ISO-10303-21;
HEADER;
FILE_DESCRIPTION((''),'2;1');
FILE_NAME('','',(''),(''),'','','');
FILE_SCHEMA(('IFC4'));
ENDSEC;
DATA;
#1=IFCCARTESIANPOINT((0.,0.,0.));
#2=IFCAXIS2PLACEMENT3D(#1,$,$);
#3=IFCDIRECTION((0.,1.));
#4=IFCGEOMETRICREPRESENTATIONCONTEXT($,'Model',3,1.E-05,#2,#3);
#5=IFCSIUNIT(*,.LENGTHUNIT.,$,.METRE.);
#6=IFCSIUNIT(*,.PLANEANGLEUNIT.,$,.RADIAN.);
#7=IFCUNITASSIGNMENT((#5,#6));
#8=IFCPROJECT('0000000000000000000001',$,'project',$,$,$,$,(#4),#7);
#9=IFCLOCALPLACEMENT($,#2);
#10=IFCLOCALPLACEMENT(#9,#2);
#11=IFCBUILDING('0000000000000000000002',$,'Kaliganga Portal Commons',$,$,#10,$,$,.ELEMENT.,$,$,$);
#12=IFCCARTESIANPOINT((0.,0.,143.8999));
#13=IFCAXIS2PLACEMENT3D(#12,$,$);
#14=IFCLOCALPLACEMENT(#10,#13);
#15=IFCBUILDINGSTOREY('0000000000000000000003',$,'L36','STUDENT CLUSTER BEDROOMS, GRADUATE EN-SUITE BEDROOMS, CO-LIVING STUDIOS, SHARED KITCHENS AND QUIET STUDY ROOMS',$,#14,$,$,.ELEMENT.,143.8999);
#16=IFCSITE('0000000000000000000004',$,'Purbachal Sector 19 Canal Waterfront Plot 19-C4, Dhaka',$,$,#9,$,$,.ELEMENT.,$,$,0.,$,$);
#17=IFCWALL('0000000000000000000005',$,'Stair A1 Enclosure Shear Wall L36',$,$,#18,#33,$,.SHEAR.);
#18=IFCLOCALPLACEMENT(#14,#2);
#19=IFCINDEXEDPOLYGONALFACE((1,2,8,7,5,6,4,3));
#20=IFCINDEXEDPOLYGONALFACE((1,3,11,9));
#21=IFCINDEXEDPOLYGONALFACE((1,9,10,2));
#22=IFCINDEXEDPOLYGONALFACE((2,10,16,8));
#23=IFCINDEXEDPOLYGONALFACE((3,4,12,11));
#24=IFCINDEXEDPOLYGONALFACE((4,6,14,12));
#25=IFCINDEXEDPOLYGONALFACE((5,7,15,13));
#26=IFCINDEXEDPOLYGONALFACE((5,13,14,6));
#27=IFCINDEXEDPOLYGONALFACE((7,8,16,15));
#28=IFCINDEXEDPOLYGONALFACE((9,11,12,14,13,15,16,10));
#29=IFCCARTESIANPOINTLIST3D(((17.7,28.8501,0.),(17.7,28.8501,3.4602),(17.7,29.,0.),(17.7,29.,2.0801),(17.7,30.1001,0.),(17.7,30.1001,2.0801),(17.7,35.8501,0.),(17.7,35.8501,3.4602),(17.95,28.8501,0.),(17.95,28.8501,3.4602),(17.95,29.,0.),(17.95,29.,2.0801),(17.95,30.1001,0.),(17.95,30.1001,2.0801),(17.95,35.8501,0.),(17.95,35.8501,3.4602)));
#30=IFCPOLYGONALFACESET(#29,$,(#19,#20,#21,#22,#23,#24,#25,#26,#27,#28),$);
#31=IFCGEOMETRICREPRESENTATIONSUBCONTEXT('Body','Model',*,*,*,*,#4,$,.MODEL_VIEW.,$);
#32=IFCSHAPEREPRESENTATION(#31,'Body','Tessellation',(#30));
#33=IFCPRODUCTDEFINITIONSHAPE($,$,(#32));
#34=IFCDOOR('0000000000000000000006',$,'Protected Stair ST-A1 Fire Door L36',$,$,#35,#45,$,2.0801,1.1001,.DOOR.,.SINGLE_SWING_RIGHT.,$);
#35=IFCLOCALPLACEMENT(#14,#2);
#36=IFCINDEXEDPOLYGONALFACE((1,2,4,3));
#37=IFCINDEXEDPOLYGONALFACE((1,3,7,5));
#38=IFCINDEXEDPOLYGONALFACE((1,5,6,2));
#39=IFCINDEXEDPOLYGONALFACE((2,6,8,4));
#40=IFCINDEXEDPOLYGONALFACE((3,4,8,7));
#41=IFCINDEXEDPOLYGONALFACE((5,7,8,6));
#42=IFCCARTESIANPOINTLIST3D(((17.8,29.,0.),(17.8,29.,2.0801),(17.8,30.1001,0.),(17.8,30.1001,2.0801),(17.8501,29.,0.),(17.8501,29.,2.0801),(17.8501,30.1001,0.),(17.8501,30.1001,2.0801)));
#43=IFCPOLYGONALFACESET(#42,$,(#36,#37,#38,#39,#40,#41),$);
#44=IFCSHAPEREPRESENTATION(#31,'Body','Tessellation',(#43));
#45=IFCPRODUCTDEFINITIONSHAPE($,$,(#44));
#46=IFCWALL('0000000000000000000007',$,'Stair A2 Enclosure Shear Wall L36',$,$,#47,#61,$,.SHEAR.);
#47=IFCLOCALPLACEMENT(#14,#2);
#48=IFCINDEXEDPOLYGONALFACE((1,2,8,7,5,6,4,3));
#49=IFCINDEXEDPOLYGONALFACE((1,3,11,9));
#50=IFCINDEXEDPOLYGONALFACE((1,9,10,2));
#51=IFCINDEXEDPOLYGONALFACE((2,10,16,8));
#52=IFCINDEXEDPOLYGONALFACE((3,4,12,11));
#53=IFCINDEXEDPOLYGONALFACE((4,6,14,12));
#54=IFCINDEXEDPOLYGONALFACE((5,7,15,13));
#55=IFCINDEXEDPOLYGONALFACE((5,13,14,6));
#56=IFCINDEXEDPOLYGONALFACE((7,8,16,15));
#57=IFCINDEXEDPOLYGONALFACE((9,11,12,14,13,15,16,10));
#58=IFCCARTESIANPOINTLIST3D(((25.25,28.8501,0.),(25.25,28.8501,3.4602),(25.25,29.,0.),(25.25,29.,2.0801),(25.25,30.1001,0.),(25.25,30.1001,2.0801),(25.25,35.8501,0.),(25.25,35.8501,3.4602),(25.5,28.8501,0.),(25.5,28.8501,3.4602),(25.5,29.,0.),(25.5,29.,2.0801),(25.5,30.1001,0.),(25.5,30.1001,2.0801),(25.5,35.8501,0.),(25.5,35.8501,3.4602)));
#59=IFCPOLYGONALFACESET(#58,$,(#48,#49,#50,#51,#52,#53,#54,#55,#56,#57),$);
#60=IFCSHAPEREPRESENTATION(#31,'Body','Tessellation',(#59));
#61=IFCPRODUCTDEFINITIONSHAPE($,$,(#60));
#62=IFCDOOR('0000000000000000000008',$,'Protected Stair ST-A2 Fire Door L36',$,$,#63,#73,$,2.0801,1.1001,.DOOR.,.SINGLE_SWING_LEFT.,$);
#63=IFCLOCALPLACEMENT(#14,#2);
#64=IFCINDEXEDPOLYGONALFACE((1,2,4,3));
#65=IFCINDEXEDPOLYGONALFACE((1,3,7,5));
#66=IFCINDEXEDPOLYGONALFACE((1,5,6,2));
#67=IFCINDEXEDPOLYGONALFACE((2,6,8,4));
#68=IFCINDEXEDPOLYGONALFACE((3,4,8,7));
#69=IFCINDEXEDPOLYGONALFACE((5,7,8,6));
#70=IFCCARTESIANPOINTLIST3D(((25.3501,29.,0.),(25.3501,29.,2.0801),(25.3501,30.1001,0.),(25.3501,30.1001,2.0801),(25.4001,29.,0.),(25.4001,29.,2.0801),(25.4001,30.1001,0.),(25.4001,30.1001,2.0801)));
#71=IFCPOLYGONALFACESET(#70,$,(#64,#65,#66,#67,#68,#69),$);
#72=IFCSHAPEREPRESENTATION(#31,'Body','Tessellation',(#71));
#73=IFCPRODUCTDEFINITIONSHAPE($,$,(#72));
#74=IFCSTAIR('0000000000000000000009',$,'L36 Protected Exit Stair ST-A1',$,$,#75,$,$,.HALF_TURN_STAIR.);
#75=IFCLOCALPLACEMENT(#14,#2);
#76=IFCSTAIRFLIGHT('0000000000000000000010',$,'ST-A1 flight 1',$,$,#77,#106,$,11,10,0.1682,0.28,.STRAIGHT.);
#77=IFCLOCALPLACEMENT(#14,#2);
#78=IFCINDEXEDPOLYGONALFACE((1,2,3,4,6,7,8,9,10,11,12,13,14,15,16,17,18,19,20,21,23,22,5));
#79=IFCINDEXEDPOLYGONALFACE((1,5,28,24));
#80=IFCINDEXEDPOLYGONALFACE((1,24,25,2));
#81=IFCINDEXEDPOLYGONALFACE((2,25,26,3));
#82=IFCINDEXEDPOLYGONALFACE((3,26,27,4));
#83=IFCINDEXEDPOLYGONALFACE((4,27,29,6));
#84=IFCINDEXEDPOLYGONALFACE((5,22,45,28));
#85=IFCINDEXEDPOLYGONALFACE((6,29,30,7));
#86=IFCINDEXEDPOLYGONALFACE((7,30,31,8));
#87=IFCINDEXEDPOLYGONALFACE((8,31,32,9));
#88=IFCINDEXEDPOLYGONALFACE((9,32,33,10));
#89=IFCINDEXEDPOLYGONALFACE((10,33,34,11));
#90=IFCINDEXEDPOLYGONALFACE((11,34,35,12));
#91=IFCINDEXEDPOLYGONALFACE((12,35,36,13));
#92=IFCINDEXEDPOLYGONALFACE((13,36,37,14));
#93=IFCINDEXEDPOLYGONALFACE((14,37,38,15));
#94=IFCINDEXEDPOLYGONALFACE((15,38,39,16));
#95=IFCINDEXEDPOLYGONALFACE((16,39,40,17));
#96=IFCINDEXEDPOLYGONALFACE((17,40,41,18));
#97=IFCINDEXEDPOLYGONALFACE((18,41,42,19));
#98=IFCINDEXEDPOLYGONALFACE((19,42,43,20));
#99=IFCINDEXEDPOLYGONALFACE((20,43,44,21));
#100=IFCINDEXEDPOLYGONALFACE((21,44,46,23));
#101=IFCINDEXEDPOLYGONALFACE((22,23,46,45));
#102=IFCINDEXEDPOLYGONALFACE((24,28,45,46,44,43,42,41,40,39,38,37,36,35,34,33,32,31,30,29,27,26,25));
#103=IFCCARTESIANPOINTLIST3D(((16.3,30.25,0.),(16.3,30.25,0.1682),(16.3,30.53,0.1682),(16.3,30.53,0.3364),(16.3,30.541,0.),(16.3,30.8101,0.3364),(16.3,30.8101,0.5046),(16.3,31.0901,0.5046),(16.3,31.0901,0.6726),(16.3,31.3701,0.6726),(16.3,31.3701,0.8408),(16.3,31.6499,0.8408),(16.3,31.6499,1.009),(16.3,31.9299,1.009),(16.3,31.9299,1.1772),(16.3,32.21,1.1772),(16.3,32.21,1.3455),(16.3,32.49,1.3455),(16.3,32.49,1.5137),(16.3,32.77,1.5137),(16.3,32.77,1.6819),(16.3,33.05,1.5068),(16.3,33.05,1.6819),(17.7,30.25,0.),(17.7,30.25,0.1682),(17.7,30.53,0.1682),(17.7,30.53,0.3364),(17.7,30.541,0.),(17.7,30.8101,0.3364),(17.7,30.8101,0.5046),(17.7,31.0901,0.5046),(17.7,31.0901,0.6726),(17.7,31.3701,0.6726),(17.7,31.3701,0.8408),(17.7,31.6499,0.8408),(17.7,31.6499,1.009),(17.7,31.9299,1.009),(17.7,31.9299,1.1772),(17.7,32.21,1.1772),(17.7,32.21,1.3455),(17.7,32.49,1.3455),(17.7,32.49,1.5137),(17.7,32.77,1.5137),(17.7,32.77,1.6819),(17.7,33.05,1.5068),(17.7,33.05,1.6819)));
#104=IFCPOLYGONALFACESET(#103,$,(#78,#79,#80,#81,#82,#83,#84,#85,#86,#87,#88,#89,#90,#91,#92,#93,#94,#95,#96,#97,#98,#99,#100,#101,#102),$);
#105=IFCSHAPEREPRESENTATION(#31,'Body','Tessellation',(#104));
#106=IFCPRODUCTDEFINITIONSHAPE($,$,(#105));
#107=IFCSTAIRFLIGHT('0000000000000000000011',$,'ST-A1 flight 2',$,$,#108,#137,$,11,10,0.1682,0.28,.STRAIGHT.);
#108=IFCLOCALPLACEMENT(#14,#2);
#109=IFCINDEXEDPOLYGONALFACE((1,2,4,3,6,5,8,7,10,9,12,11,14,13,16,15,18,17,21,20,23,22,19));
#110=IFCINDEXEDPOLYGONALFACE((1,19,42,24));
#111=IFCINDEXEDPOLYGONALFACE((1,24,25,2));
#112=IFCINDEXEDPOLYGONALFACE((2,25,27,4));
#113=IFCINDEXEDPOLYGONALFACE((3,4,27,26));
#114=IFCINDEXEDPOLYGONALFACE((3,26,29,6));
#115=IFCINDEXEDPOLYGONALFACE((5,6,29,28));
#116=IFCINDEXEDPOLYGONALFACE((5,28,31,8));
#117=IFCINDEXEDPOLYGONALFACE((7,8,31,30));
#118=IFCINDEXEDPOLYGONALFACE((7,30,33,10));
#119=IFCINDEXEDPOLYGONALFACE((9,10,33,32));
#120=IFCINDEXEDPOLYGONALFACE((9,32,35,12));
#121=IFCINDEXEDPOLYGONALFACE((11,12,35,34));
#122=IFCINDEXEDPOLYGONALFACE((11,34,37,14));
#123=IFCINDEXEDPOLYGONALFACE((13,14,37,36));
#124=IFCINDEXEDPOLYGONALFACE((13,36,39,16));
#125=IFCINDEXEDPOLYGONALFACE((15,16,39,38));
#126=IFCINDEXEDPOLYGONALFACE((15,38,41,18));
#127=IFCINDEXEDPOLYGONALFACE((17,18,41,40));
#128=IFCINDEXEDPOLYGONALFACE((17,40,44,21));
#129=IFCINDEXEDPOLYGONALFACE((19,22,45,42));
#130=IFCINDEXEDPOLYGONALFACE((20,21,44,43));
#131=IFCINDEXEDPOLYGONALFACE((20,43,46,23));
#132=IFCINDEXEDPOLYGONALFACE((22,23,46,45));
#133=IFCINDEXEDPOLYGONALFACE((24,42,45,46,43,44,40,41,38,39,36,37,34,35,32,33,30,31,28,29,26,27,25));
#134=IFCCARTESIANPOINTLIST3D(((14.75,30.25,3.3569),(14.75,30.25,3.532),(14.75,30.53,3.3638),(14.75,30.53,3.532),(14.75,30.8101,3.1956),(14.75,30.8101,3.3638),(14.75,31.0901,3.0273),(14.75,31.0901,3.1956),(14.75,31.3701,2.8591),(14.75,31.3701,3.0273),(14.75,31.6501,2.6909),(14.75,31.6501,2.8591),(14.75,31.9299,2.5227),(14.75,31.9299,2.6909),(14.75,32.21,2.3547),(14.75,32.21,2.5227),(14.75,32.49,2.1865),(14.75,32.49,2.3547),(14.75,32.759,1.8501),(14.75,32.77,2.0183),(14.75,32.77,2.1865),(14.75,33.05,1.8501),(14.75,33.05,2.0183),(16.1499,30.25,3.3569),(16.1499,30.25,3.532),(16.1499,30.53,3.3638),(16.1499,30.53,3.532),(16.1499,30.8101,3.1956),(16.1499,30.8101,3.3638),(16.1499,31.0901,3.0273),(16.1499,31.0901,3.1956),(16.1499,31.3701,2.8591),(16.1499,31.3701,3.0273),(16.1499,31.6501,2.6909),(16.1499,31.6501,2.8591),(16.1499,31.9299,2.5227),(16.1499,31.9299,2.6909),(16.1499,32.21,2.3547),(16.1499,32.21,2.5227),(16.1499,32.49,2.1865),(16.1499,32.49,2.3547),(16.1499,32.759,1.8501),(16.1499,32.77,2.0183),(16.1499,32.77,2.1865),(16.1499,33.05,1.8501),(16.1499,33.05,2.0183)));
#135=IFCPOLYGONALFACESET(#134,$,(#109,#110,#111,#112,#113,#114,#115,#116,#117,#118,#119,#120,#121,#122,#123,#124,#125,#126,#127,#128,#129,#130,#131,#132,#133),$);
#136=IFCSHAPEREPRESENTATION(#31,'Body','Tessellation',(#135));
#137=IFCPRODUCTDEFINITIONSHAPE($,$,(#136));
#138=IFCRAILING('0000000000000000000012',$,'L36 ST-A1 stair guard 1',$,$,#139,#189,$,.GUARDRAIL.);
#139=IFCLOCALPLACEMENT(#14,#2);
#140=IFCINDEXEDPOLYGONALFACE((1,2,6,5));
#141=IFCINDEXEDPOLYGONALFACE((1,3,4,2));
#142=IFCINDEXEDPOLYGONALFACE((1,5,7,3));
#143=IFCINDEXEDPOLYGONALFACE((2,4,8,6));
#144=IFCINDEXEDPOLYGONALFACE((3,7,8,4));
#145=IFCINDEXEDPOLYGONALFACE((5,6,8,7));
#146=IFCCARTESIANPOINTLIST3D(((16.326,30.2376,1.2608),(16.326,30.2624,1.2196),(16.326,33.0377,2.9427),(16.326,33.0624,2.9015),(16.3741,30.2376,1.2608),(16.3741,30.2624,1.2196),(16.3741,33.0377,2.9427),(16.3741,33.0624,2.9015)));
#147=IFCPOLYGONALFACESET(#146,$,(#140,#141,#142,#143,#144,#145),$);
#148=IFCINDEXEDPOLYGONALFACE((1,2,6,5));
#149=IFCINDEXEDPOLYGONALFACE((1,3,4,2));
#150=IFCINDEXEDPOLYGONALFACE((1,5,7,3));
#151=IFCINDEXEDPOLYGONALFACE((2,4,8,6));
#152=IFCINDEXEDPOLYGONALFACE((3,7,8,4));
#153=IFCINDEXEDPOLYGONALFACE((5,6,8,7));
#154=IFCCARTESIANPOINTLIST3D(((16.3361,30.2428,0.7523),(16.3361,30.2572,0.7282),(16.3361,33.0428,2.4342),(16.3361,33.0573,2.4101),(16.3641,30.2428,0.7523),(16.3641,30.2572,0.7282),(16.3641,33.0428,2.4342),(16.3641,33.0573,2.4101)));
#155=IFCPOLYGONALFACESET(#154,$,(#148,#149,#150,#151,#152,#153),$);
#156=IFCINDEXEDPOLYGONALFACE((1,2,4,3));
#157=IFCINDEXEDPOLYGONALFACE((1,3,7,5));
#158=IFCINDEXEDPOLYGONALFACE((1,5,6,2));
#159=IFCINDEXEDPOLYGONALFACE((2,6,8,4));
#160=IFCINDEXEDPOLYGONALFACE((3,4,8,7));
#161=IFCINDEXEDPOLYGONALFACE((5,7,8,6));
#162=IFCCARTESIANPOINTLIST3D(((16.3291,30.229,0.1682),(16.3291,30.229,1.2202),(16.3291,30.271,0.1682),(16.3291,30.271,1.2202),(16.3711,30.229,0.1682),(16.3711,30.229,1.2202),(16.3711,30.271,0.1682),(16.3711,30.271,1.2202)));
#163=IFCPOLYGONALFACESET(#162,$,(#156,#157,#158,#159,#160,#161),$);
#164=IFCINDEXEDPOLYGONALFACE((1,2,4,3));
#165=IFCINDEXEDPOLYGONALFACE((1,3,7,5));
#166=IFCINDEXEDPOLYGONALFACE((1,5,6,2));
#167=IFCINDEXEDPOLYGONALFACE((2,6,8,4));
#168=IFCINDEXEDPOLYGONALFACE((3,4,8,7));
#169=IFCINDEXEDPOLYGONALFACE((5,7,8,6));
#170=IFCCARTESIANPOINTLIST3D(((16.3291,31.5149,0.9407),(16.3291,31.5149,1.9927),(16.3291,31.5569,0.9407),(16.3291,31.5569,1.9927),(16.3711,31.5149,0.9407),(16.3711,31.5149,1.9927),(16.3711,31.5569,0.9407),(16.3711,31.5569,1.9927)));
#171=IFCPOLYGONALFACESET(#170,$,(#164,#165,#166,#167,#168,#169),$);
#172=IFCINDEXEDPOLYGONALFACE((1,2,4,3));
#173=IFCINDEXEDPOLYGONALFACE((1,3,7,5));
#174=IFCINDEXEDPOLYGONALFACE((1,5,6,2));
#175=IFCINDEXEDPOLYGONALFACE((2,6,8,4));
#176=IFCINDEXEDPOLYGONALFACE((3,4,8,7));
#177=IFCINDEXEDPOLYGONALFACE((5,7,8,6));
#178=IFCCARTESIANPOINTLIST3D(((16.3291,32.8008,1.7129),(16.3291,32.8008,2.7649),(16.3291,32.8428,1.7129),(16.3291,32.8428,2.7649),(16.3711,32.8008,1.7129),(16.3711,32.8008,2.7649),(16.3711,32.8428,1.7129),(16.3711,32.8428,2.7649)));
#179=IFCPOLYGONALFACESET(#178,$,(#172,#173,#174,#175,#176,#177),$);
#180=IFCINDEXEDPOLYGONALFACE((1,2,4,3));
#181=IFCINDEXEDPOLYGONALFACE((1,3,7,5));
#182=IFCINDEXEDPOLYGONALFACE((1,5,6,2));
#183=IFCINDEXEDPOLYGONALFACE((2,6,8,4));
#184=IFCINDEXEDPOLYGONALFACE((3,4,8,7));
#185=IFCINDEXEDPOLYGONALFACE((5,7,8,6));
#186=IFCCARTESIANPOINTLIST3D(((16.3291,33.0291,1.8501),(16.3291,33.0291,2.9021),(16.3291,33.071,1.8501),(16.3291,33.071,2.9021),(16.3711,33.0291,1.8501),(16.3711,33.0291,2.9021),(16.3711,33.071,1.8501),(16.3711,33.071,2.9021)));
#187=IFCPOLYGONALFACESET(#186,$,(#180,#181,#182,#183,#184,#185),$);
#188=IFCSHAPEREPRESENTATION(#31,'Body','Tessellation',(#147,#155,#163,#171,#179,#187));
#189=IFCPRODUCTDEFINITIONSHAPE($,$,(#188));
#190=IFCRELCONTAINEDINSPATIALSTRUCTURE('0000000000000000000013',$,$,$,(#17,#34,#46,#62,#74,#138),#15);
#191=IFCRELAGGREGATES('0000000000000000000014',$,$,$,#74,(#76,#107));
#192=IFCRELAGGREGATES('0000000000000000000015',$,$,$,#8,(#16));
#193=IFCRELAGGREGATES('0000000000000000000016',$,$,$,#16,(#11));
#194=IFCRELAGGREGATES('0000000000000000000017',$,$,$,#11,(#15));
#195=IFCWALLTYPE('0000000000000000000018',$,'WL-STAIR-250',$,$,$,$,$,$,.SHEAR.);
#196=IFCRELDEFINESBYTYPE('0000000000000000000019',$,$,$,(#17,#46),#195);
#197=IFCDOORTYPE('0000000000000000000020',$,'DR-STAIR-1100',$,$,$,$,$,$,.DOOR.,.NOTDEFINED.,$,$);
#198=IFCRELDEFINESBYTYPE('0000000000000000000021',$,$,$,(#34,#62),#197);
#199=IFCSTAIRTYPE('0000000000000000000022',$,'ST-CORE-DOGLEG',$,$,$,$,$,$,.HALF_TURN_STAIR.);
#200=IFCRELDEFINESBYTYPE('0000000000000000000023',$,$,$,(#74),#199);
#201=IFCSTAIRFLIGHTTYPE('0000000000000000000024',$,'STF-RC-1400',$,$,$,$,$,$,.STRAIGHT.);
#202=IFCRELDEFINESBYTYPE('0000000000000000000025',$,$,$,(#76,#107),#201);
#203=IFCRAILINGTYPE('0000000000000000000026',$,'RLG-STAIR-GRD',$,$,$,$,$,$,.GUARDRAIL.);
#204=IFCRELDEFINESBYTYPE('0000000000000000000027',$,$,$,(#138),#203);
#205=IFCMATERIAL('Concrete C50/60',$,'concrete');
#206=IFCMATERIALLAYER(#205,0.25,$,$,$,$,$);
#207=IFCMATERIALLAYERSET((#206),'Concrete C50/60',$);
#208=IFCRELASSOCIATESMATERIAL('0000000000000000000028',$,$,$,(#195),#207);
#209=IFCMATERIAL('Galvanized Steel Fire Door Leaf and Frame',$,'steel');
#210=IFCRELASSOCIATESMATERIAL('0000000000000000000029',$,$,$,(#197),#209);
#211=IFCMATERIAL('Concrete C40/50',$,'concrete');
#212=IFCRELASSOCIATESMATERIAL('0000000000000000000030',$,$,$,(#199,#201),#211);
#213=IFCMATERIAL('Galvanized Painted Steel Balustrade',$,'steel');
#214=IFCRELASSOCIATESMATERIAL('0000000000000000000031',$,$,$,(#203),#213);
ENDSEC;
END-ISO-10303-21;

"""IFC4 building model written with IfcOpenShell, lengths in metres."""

from ifc_helpers import new_model, si_unit, direction, frame, frame_2d, origin, origin_2d, place, context, subcontext, project, spatial, polyline, rectangle, outline, extrude, material, layer, layer_set, type_object, element, fill, aggregate, save


model = new_model("IFC4")

# Units and contexts
model_context = context("Model", 3, precision=1e-05, world=origin(), true_north=direction((0.0, 1.0)))
body_context = subcontext(model_context, "Body", "Model", "MODEL_VIEW")
ifc_project = project(units=[si_unit("LENGTHUNIT", "METRE"), si_unit("PLANEANGLEUNIT", "RADIAN")], contexts=[model_context])

# Site, building, storey
site_placement = place(None, origin())
site = spatial("IfcSite", under=ifc_project, at=site_placement, Name="Purbachal Sector 19 Canal Waterfront Plot 19-C4, Dhaka", CompositionType="ELEMENT", RefElevation=0.0)
building_placement = place(site_placement, origin())
building = spatial("IfcBuilding", under=site, at=building_placement, Name="Kaliganga Portal Commons", CompositionType="ELEMENT")
storey_placement = place(building_placement, frame((0.0, 0.0, 143.8999)))
storey = spatial("IfcBuildingStorey", under=building, at=storey_placement, Name="L36", Description="STUDENT CLUSTER BEDROOMS, GRADUATE EN-SUITE BEDROOMS, CO-LIVING STUDIOS, SHARED KITCHENS AND QUIET STUDY ROOMS", CompositionType="ELEMENT", Elevation=143.8999)

# Shared definitions
ifc_material_1 = material(Name="Concrete C50/60", Category="concrete")

# Walls, openings, doors
ifc_layer_1 = layer(ifc_material_1, 0.25)
ifc_layer_set_1 = layer_set([ifc_layer_1], Name="Concrete C50/60")
wall_type_1 = type_object("IfcWallType", Name="WL-STAIR-250", PredefinedType="SHEAR", material=ifc_layer_set_1)
wall_1_placement = place(storey_placement, frame((17.825, 28.8501, 0.0), z_axis=(0.0, 0.0, 1.0), x_axis=(0.0, 1.0, 0.0)))
wall_1 = element("IfcWall", 1, at=wall_1_placement, inside=storey, type_object=wall_type_1, Name="Stair A1 Enclosure Shear Wall L36", PredefinedType="SHEAR", context=body_context, shape_type="SweptSolid", body=[
    extrude(rectangle(XDim=7.0, YDim=0.25, at=frame_2d((3.5, 0.0))), origin(), (0.0, 0.0, 1.0), 3.4602),
])
opening_1_placement = place(wall_1_placement, frame((0.1499, 0.0, 0.0)))
opening_1 = element("IfcOpeningElement", 2, at=opening_1_placement, cuts=wall_1, PredefinedType="OPENING", context=body_context, shape_type="SweptSolid", body=[
    extrude(rectangle(XDim=1.1001, YDim=2.0801, at=frame_2d((0.55, 1.04))), frame((0.0, 0.135, 0.0), z_axis=(0.0, -1.0, 0.0), x_axis=(1.0, 0.0, 0.0)), (0.0, 0.0, 1.0), 0.27),
])
ifc_material_2 = material(Name="Galvanized Steel Fire Door Leaf and Frame", Category="steel")
door_type_1 = type_object("IfcDoorType", Name="DR-STAIR-1100", OperationType="NOTDEFINED", PredefinedType="DOOR", material=ifc_material_2)
door_1_placement = place(opening_1_placement, origin())
door_1 = element("IfcDoor", 3, at=door_1_placement, inside=storey, type_object=door_type_1, Name="Protected Stair ST-A1 Fire Door L36", OperationType="SINGLE_SWING_RIGHT", OverallHeight=2.0801, OverallWidth=1.1001, PredefinedType="DOOR", context=body_context, shape_type="SweptSolid", body=[
    extrude(rectangle(XDim=1.1001, YDim=2.0801, at=frame_2d((0.55, 1.04))), frame((0.0, 0.0249, 0.0), z_axis=(0.0, -1.0, 0.0), x_axis=(1.0, 0.0, 0.0)), (0.0, 0.0, 1.0), 0.05),
])
fill(opening_1, door_1)
wall_2_placement = place(storey_placement, frame((25.375, 28.8501, 0.0), z_axis=(0.0, 0.0, 1.0), x_axis=(0.0, 1.0, 0.0)))
wall_2 = element("IfcWall", 4, at=wall_2_placement, inside=storey, type_object=wall_type_1, Name="Stair A2 Enclosure Shear Wall L36", PredefinedType="SHEAR", context=body_context, shape_type="SweptSolid", body=[
    extrude(rectangle(XDim=7.0, YDim=0.25, at=frame_2d((3.5, 0.0))), origin(), (0.0, 0.0, 1.0), 3.4602),
])
opening_2_placement = place(wall_2_placement, frame((0.1499, 0.0, 0.0)))
opening_2 = element("IfcOpeningElement", 5, at=opening_2_placement, cuts=wall_2, PredefinedType="OPENING", context=body_context, shape_type="SweptSolid", body=[
    extrude(rectangle(XDim=1.1001, YDim=2.0801, at=frame_2d((0.55, 1.04))), frame((0.0, 0.135, 0.0), z_axis=(0.0, -1.0, 0.0), x_axis=(1.0, 0.0, 0.0)), (0.0, 0.0, 1.0), 0.27),
])
door_2_placement = place(opening_2_placement, origin())
door_2 = element("IfcDoor", 6, at=door_2_placement, inside=storey, type_object=door_type_1, Name="Protected Stair ST-A2 Fire Door L36", OperationType="SINGLE_SWING_LEFT", OverallHeight=2.0801, OverallWidth=1.1001, PredefinedType="DOOR", context=body_context, shape_type="SweptSolid", body=[
    extrude(rectangle(XDim=1.1001, YDim=2.0801, at=frame_2d((0.55, 1.04))), frame((0.0, 0.0249, 0.0), z_axis=(0.0, -1.0, 0.0), x_axis=(1.0, 0.0, 0.0)), (0.0, 0.0, 1.0), 0.05),
])
fill(opening_2, door_2)

# Stair, stair flights
ifc_material_3 = material(Name="Concrete C40/50", Category="concrete")
stair_type = type_object("IfcStairType", Name="ST-CORE-DOGLEG", PredefinedType="HALF_TURN_STAIR", material=ifc_material_3)
stair_placement = place(storey_placement, origin())
stair = element("IfcStair", 7, at=stair_placement, inside=storey, type_object=stair_type, Name="L36 Protected Exit Stair ST-A1", PredefinedType="HALF_TURN_STAIR")
stair_flight_type = type_object("IfcStairFlightType", Name="STF-RC-1400", PredefinedType="STRAIGHT", material=ifc_material_3)
stair_flight_1_placement = place(storey_placement, frame((17.0, 30.25, 0.0), z_axis=(0.0, 0.0, 1.0), x_axis=(0.0, 1.0, 0.0)))
stair_flight_1 = element("IfcStairFlight", 8, at=stair_flight_1_placement, type_object=stair_flight_type, Name="ST-A1 flight 1", NumberOfRisers=11, NumberOfTreads=10, PredefinedType="STRAIGHT", RiserHeight=0.1682, TreadLength=0.28, context=body_context, shape_type="SweptSolid", body=[
    extrude(outline(polyline([(0.0, 0.0), (0.0, 0.1682), (0.28, 0.1682), (0.28, 0.3364), (0.5601, 0.3364), (0.5601, 0.5046), (0.8401, 0.5046), (0.8401, 0.6726), (1.1201, 0.6726), (1.1201, 0.8408), (1.3999, 0.8408), (1.3999, 1.009), (1.6799, 1.009), (1.6799, 1.1772), (1.96, 1.1772), (1.96, 1.3455), (2.24, 1.3455), (2.24, 1.5137), (2.52, 1.5137), (2.52, 1.6819), (2.8, 1.6819), (2.8, 1.8501), (2.8, 1.5068), (0.291, 0.0), (0.0, 0.0)])), frame((0.0, 0.7, 0.0), z_axis=(0.0, -1.0, 0.0), x_axis=(1.0, 0.0, 0.0)), (0.0, 0.0, 1.0), 1.3999),
])
stair_flight_2_placement = place(storey_placement, frame((15.45, 33.05, 1.8501), z_axis=(0.0, 0.0, 1.0), x_axis=(0.0, -1.0, 0.0)))
stair_flight_2 = element("IfcStairFlight", 9, at=stair_flight_2_placement, type_object=stair_flight_type, Name="ST-A1 flight 2", NumberOfRisers=11, NumberOfTreads=10, PredefinedType="STRAIGHT", RiserHeight=0.1682, TreadLength=0.28, context=body_context, shape_type="SweptSolid", body=[
    extrude(outline(polyline([(0.0, 0.0), (0.0, 0.1682), (0.28, 0.1682), (0.28, 0.3364), (0.5601, 0.3364), (0.5601, 0.5046), (0.8401, 0.5046), (0.8401, 0.6726), (1.1201, 0.6726), (1.1201, 0.8408), (1.3999, 0.8408), (1.3999, 1.009), (1.6799, 1.009), (1.6799, 1.1772), (1.96, 1.1772), (1.96, 1.3455), (2.24, 1.3455), (2.24, 1.5137), (2.52, 1.5137), (2.52, 1.6819), (2.8, 1.6819), (2.8, 1.8501), (2.8, 1.5068), (0.291, 0.0), (0.0, 0.0)])), frame((0.0, 0.7, 0.0), z_axis=(0.0, -1.0, 0.0), x_axis=(1.0, 0.0, 0.0)), (0.0, 0.0, 1.0), 1.3999),
])
aggregate(stair, [stair_flight_1, stair_flight_2])

# Railing
ifc_material_4 = material(Name="Galvanized Painted Steel Balustrade", Category="steel")
railing_type_1 = type_object("IfcRailingType", Name="RLG-STAIR-GRD", PredefinedType="GUARDRAIL", material=ifc_material_4)
railing_1_placement = place(storey_placement, frame((16.3501, 30.25, 0.1682)))
element("IfcRailing", 10, at=railing_1_placement, inside=storey, type_object=railing_type_1, Name="L36 ST-A1 stair guard 1", PredefinedType="GUARDRAIL", context=body_context, shape_type="SweptSolid", body=[
    extrude(rectangle(XDim=0.0481, YDim=0.0481, at=origin_2d()), frame((0.0, 0.0, 1.072), z_axis=(0.0, 0.857242, 0.514913), x_axis=(-1.0, 0.0, 0.0)), (0.0, 0.0, 1.0), 3.2664),
    extrude(rectangle(XDim=0.0281, YDim=0.0281, at=origin_2d()), frame((0.0, 0.0, 0.572), z_axis=(0.0, 0.857242, 0.514913), x_axis=(-1.0, 0.0, 0.0)), (0.0, 0.0, 1.0), 3.2664),
    extrude(rectangle(XDim=0.042, YDim=0.042, at=origin_2d()), origin(), (0.0, 0.0, 1.0), 1.052),
    extrude(rectangle(XDim=0.042, YDim=0.042, at=origin_2d()), frame((0.0, 1.2859, 0.7725)), (0.0, 0.0, 1.0), 1.052),
    extrude(rectangle(XDim=0.042, YDim=0.042, at=origin_2d()), frame((0.0, 2.5718, 1.5447)), (0.0, 0.0, 1.0), 1.052),
    extrude(rectangle(XDim=0.042, YDim=0.042, at=origin_2d()), frame((0.0, 2.8, 1.6819)), (0.0, 0.0, 1.0), 1.052),
])

save(model, "model.ifc")
